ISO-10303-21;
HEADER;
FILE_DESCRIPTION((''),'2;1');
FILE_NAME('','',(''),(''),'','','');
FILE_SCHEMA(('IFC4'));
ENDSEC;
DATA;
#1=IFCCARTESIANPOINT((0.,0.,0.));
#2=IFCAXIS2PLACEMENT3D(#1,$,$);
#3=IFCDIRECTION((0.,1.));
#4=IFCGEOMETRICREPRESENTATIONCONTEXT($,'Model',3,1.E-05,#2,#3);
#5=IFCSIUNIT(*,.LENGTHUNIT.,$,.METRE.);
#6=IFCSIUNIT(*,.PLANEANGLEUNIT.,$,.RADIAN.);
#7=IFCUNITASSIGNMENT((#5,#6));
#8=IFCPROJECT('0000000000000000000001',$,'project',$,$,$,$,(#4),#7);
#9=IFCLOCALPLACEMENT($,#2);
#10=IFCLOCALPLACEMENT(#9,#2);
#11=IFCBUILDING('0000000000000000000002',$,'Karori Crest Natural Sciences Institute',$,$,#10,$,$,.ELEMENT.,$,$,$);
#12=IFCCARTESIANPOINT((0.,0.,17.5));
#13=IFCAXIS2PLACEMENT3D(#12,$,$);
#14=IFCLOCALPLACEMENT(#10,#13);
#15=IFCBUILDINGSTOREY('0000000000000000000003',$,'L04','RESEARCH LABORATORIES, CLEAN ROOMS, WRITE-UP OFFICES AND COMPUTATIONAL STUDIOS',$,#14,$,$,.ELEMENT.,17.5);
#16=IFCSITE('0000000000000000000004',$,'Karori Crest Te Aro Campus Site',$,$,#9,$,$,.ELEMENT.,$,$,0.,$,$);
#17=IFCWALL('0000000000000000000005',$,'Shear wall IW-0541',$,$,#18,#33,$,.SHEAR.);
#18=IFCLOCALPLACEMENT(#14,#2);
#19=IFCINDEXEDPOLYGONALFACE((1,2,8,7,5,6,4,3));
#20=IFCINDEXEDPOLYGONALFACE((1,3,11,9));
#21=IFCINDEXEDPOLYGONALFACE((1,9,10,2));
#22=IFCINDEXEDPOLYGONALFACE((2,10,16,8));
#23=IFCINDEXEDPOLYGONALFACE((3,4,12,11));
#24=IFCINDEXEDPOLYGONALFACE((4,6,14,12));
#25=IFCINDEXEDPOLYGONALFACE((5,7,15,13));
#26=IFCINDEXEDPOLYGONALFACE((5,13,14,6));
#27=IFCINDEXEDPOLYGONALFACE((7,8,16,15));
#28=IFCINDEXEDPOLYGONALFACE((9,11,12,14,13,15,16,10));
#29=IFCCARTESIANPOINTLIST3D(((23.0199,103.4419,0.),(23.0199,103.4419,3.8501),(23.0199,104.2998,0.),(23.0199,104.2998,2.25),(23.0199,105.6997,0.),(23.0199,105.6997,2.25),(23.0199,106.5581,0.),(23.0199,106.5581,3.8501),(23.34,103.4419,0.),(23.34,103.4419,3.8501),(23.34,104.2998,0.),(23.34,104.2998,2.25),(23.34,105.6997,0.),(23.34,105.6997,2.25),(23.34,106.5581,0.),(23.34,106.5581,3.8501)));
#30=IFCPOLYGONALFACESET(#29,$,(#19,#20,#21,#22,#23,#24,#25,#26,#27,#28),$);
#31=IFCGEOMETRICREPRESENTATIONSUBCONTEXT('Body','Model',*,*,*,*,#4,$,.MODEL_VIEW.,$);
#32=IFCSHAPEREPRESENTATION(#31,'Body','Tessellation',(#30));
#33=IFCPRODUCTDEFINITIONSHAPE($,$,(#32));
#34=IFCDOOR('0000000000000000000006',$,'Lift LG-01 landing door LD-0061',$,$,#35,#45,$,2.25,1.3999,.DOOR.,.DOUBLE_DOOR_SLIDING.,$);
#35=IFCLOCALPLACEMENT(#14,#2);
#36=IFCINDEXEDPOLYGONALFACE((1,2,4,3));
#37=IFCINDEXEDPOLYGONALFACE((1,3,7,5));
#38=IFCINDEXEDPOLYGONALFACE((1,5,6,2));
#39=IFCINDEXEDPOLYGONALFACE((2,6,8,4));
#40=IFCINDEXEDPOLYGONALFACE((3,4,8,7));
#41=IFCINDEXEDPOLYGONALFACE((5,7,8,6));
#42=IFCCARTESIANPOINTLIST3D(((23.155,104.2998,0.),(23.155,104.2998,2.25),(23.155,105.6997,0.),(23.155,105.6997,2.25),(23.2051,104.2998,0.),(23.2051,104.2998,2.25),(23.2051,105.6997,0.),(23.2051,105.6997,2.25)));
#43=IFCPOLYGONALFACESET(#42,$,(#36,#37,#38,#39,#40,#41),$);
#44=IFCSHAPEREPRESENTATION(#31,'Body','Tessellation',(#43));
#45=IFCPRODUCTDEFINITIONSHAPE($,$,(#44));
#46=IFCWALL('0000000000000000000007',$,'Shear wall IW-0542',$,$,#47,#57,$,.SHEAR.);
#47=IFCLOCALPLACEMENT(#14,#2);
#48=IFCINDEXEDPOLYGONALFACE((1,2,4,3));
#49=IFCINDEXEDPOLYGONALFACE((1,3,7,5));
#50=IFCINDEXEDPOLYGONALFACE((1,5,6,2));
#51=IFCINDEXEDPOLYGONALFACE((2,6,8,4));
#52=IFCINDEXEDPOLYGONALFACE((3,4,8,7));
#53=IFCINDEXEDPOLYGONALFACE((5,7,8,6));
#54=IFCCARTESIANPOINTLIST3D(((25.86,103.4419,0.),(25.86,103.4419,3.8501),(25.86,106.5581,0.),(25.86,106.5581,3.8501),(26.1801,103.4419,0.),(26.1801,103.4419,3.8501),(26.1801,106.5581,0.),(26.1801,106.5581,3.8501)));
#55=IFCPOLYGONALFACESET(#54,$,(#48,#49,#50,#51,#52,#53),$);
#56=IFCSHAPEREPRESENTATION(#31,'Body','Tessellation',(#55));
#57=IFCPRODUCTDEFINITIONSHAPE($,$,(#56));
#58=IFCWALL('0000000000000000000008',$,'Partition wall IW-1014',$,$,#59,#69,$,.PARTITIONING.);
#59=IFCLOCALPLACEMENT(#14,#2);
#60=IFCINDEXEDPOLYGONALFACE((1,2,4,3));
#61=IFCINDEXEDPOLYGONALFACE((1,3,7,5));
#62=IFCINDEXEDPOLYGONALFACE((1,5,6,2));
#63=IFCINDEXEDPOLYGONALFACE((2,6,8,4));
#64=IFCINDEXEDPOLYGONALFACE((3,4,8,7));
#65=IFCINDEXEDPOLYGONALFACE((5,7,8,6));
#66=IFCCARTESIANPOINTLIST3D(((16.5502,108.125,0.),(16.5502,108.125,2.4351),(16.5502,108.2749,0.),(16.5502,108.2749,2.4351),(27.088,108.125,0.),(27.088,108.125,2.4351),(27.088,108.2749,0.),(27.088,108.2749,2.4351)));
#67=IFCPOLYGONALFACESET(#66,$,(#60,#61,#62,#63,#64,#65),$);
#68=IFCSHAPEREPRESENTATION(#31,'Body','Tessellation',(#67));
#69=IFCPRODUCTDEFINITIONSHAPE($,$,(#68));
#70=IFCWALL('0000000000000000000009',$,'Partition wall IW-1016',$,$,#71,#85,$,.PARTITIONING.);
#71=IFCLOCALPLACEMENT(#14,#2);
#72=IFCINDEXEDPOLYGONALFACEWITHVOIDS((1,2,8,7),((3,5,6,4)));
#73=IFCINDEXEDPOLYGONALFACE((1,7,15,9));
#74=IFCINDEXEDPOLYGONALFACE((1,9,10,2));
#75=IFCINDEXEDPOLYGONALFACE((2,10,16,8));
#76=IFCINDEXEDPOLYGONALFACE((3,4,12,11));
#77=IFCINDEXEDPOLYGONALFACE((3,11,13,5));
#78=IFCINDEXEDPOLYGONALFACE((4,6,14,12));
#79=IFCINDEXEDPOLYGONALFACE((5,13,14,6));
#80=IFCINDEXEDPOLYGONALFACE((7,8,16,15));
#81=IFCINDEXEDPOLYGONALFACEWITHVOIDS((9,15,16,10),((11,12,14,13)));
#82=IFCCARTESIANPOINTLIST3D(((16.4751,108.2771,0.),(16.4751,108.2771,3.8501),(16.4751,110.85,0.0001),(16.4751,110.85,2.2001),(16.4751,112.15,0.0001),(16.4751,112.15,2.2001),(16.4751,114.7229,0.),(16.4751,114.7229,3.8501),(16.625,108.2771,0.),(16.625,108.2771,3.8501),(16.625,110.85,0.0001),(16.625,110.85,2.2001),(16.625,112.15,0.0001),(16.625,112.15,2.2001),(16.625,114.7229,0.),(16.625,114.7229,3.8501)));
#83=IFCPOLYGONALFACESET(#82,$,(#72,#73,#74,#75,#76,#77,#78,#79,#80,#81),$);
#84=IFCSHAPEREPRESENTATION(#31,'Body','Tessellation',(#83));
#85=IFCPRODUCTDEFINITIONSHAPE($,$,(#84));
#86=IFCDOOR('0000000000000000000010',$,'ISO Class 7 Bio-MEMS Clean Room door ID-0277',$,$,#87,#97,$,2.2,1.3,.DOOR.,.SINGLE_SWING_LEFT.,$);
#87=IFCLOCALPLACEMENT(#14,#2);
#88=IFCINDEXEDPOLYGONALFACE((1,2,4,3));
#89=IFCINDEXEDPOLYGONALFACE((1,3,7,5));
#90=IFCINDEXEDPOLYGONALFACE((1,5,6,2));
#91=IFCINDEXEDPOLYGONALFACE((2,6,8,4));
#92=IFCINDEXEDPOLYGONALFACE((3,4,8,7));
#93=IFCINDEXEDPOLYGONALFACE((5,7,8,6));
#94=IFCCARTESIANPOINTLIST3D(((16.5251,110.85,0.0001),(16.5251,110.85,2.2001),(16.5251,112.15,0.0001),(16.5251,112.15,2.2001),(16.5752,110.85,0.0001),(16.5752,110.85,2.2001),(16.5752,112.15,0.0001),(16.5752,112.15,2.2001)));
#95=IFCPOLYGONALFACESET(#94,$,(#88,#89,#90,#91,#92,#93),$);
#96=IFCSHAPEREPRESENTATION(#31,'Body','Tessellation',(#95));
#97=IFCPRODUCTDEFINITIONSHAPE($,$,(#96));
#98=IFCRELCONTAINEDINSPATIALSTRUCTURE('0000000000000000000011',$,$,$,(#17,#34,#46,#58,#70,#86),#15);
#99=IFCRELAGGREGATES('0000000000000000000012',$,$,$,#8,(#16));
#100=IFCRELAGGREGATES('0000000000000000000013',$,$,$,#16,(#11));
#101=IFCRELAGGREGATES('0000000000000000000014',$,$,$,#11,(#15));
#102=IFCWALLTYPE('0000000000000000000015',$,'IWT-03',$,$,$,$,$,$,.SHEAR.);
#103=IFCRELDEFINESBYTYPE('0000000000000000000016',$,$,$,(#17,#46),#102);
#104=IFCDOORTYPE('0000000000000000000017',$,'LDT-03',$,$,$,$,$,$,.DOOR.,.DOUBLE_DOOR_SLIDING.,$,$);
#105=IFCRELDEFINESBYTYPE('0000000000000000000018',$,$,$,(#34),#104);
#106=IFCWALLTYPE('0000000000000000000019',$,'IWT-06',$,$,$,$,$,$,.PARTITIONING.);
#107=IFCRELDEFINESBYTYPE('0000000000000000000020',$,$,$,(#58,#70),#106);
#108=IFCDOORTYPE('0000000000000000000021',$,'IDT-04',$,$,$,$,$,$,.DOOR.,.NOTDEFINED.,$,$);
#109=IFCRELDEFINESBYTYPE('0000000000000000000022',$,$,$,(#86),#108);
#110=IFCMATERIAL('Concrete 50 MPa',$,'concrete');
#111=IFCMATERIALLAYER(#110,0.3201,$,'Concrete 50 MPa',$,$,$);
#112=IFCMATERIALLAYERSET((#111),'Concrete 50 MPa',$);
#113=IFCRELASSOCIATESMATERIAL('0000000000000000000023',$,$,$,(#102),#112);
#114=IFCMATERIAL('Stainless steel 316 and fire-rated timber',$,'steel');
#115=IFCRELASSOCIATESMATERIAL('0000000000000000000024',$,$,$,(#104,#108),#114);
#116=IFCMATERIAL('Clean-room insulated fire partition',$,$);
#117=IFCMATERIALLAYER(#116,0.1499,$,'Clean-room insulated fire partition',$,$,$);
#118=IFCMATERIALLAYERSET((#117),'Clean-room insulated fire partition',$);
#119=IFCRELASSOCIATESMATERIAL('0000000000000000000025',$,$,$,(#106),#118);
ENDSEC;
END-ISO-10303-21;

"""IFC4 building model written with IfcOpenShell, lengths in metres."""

from ifc_helpers import new_model, si_unit, direction, frame, frame_2d, origin, place, context, subcontext, project, spatial, rectangle, extrude, material, layer, layer_set, type_object, element, fill, save


model = new_model("IFC4")

# Units and contexts
model_context = context("Model", 3, precision=1e-05, world=origin(), true_north=direction((0.0, 1.0)))
body_context = subcontext(model_context, "Body", "Model", "MODEL_VIEW")
ifc_project = project(units=[si_unit("LENGTHUNIT", "METRE"), si_unit("PLANEANGLEUNIT", "RADIAN")], contexts=[model_context])

# Site, building, storey
site_placement = place(None, origin())
site = spatial("IfcSite", under=ifc_project, at=site_placement, Name="Karori Crest Te Aro Campus Site", CompositionType="ELEMENT", RefElevation=0.0)
building_placement = place(site_placement, origin())
building = spatial("IfcBuilding", under=site, at=building_placement, Name="Karori Crest Natural Sciences Institute", CompositionType="ELEMENT")
storey_placement = place(building_placement, frame((0.0, 0.0, 17.5)))
storey = spatial("IfcBuildingStorey", under=building, at=storey_placement, Name="L04", Description="RESEARCH LABORATORIES, CLEAN ROOMS, WRITE-UP OFFICES AND COMPUTATIONAL STUDIOS", CompositionType="ELEMENT", Elevation=17.5)

# Shared definitions
ifc_material_1 = material(Name="Concrete 50 MPa", Category="concrete")

# Shared definitions
ifc_layer_1 = layer(ifc_material_1, 0.3201, Name="Concrete 50 MPa")
ifc_layer_set_1 = layer_set([ifc_layer_1], Name="Concrete 50 MPa")
wall_type_1 = type_object("IfcWallType", Name="IWT-03", PredefinedType="SHEAR", material=ifc_layer_set_1)

# Wall, opening, door
wall_1_placement = place(storey_placement, frame((23.1799, 103.4419, 0.0), z_axis=(0.0, 0.0, 1.0), x_axis=(0.0, 1.0, 0.0)))
wall_1 = element("IfcWall", 1, at=wall_1_placement, inside=storey, type_object=wall_type_1, Name="Shear wall IW-0541", PredefinedType="SHEAR", context=body_context, shape_type="SweptSolid", body=[
    extrude(rectangle(XDim=3.1162, YDim=0.3201, at=frame_2d((1.5581, 0.0))), origin(), (0.0, 0.0, 1.0), 3.8501),
])
opening_1_placement = place(wall_1_placement, frame((0.8579, 0.0, 0.0)))
opening_1 = element("IfcOpeningElement", 2, at=opening_1_placement, cuts=wall_1, PredefinedType="OPENING", context=body_context, shape_type="SweptSolid", body=[
    extrude(rectangle(XDim=1.3999, YDim=2.25, at=frame_2d((0.7, 1.125))), frame((0.0, 0.1699, 0.0), z_axis=(0.0, -1.0, 0.0), x_axis=(1.0, 0.0, 0.0)), (0.0, 0.0, 1.0), 0.3401),
])
ifc_material_2 = material(Name="Stainless steel 316 and fire-rated timber", Category="steel")
door_type_1 = type_object("IfcDoorType", Name="LDT-03", OperationType="DOUBLE_DOOR_SLIDING", PredefinedType="DOOR", material=ifc_material_2)
door_1_placement = place(opening_1_placement, origin())
door_1 = element("IfcDoor", 3, at=door_1_placement, inside=storey, type_object=door_type_1, Name="Lift LG-01 landing door LD-0061", OperationType="DOUBLE_DOOR_SLIDING", OverallHeight=2.25, OverallWidth=1.3999, PredefinedType="DOOR", context=body_context, shape_type="SweptSolid", body=[
    extrude(rectangle(XDim=1.3999, YDim=2.25, at=frame_2d((0.7, 1.125))), frame((0.0, 0.0249, 0.0), z_axis=(0.0, -1.0, 0.0), x_axis=(1.0, 0.0, 0.0)), (0.0, 0.0, 1.0), 0.05),
])
fill(opening_1, door_1)

# Walls
wall_2_placement = place(storey_placement, frame((26.02, 103.4419, 0.0), z_axis=(0.0, 0.0, 1.0), x_axis=(0.0, 1.0, 0.0)))
element("IfcWall", 4, at=wall_2_placement, inside=storey, type_object=wall_type_1, Name="Shear wall IW-0542", PredefinedType="SHEAR", context=body_context, shape_type="SweptSolid", body=[
    extrude(rectangle(XDim=3.1162, YDim=0.3201, at=frame_2d((1.5581, 0.0))), origin(), (0.0, 0.0, 1.0), 3.8501),
])
ifc_material_3 = material(Name="Clean-room insulated fire partition")
ifc_layer_2 = layer(ifc_material_3, 0.1499, Name="Clean-room insulated fire partition")
ifc_layer_set_2 = layer_set([ifc_layer_2], Name="Clean-room insulated fire partition")
wall_type_2 = type_object("IfcWallType", Name="IWT-06", PredefinedType="PARTITIONING", material=ifc_layer_set_2)
wall_3_placement = place(storey_placement, frame((16.55, 108.2, 0.0), z_axis=(0.0, 0.0, 1.0), x_axis=(1.0, 0.0, 0.0)))
element("IfcWall", 5, at=wall_3_placement, inside=storey, type_object=wall_type_2, Name="Partition wall IW-1014", PredefinedType="PARTITIONING", context=body_context, shape_type="SweptSolid", body=[
    extrude(rectangle(XDim=10.5378, YDim=0.1499, at=frame_2d((5.269, 0.0))), origin(), (0.0, 0.0, 1.0), 2.4351),
])

# Wall, opening, door
wall_4_placement = place(storey_placement, frame((16.55, 108.2771, 0.0), z_axis=(0.0, 0.0, 1.0), x_axis=(0.0, 1.0, 0.0)))
wall_4 = element("IfcWall", 6, at=wall_4_placement, inside=storey, type_object=wall_type_2, Name="Partition wall IW-1016", PredefinedType="PARTITIONING", context=body_context, shape_type="SweptSolid", body=[
    extrude(rectangle(XDim=6.4458, YDim=0.1499, at=frame_2d((3.2229, 0.0))), origin(), (0.0, 0.0, 1.0), 3.8501),
])
opening_2_placement = place(wall_4_placement, frame((2.573, 0.0, 0.0)))
opening_2 = element("IfcOpeningElement", 7, at=opening_2_placement, cuts=wall_4, PredefinedType="OPENING", context=body_context, shape_type="SweptSolid", body=[
    extrude(rectangle(XDim=1.3, YDim=2.2, at=frame_2d((0.6499, 1.1001))), frame((0.0, 0.085, 0.0), z_axis=(0.0, -1.0, 0.0), x_axis=(1.0, 0.0, 0.0)), (0.0, 0.0, 1.0), 0.1699),
])
door_type_2 = type_object("IfcDoorType", Name="IDT-04", OperationType="NOTDEFINED", PredefinedType="DOOR", material=ifc_material_2)
door_2_placement = place(opening_2_placement, origin())
door_2 = element("IfcDoor", 8, at=door_2_placement, inside=storey, type_object=door_type_2, Name="ISO Class 7 Bio-MEMS Clean Room door ID-0277", OperationType="SINGLE_SWING_LEFT", OverallHeight=2.2, OverallWidth=1.3, PredefinedType="DOOR", context=body_context, shape_type="SweptSolid", body=[
    extrude(rectangle(XDim=1.3, YDim=2.2, at=frame_2d((0.6499, 1.1001))), frame((0.0, 0.0249, 0.0), z_axis=(0.0, -1.0, 0.0), x_axis=(1.0, 0.0, 0.0)), (0.0, 0.0, 1.0), 0.05),
])
fill(opening_2, door_2)

save(model, "model.ifc")
